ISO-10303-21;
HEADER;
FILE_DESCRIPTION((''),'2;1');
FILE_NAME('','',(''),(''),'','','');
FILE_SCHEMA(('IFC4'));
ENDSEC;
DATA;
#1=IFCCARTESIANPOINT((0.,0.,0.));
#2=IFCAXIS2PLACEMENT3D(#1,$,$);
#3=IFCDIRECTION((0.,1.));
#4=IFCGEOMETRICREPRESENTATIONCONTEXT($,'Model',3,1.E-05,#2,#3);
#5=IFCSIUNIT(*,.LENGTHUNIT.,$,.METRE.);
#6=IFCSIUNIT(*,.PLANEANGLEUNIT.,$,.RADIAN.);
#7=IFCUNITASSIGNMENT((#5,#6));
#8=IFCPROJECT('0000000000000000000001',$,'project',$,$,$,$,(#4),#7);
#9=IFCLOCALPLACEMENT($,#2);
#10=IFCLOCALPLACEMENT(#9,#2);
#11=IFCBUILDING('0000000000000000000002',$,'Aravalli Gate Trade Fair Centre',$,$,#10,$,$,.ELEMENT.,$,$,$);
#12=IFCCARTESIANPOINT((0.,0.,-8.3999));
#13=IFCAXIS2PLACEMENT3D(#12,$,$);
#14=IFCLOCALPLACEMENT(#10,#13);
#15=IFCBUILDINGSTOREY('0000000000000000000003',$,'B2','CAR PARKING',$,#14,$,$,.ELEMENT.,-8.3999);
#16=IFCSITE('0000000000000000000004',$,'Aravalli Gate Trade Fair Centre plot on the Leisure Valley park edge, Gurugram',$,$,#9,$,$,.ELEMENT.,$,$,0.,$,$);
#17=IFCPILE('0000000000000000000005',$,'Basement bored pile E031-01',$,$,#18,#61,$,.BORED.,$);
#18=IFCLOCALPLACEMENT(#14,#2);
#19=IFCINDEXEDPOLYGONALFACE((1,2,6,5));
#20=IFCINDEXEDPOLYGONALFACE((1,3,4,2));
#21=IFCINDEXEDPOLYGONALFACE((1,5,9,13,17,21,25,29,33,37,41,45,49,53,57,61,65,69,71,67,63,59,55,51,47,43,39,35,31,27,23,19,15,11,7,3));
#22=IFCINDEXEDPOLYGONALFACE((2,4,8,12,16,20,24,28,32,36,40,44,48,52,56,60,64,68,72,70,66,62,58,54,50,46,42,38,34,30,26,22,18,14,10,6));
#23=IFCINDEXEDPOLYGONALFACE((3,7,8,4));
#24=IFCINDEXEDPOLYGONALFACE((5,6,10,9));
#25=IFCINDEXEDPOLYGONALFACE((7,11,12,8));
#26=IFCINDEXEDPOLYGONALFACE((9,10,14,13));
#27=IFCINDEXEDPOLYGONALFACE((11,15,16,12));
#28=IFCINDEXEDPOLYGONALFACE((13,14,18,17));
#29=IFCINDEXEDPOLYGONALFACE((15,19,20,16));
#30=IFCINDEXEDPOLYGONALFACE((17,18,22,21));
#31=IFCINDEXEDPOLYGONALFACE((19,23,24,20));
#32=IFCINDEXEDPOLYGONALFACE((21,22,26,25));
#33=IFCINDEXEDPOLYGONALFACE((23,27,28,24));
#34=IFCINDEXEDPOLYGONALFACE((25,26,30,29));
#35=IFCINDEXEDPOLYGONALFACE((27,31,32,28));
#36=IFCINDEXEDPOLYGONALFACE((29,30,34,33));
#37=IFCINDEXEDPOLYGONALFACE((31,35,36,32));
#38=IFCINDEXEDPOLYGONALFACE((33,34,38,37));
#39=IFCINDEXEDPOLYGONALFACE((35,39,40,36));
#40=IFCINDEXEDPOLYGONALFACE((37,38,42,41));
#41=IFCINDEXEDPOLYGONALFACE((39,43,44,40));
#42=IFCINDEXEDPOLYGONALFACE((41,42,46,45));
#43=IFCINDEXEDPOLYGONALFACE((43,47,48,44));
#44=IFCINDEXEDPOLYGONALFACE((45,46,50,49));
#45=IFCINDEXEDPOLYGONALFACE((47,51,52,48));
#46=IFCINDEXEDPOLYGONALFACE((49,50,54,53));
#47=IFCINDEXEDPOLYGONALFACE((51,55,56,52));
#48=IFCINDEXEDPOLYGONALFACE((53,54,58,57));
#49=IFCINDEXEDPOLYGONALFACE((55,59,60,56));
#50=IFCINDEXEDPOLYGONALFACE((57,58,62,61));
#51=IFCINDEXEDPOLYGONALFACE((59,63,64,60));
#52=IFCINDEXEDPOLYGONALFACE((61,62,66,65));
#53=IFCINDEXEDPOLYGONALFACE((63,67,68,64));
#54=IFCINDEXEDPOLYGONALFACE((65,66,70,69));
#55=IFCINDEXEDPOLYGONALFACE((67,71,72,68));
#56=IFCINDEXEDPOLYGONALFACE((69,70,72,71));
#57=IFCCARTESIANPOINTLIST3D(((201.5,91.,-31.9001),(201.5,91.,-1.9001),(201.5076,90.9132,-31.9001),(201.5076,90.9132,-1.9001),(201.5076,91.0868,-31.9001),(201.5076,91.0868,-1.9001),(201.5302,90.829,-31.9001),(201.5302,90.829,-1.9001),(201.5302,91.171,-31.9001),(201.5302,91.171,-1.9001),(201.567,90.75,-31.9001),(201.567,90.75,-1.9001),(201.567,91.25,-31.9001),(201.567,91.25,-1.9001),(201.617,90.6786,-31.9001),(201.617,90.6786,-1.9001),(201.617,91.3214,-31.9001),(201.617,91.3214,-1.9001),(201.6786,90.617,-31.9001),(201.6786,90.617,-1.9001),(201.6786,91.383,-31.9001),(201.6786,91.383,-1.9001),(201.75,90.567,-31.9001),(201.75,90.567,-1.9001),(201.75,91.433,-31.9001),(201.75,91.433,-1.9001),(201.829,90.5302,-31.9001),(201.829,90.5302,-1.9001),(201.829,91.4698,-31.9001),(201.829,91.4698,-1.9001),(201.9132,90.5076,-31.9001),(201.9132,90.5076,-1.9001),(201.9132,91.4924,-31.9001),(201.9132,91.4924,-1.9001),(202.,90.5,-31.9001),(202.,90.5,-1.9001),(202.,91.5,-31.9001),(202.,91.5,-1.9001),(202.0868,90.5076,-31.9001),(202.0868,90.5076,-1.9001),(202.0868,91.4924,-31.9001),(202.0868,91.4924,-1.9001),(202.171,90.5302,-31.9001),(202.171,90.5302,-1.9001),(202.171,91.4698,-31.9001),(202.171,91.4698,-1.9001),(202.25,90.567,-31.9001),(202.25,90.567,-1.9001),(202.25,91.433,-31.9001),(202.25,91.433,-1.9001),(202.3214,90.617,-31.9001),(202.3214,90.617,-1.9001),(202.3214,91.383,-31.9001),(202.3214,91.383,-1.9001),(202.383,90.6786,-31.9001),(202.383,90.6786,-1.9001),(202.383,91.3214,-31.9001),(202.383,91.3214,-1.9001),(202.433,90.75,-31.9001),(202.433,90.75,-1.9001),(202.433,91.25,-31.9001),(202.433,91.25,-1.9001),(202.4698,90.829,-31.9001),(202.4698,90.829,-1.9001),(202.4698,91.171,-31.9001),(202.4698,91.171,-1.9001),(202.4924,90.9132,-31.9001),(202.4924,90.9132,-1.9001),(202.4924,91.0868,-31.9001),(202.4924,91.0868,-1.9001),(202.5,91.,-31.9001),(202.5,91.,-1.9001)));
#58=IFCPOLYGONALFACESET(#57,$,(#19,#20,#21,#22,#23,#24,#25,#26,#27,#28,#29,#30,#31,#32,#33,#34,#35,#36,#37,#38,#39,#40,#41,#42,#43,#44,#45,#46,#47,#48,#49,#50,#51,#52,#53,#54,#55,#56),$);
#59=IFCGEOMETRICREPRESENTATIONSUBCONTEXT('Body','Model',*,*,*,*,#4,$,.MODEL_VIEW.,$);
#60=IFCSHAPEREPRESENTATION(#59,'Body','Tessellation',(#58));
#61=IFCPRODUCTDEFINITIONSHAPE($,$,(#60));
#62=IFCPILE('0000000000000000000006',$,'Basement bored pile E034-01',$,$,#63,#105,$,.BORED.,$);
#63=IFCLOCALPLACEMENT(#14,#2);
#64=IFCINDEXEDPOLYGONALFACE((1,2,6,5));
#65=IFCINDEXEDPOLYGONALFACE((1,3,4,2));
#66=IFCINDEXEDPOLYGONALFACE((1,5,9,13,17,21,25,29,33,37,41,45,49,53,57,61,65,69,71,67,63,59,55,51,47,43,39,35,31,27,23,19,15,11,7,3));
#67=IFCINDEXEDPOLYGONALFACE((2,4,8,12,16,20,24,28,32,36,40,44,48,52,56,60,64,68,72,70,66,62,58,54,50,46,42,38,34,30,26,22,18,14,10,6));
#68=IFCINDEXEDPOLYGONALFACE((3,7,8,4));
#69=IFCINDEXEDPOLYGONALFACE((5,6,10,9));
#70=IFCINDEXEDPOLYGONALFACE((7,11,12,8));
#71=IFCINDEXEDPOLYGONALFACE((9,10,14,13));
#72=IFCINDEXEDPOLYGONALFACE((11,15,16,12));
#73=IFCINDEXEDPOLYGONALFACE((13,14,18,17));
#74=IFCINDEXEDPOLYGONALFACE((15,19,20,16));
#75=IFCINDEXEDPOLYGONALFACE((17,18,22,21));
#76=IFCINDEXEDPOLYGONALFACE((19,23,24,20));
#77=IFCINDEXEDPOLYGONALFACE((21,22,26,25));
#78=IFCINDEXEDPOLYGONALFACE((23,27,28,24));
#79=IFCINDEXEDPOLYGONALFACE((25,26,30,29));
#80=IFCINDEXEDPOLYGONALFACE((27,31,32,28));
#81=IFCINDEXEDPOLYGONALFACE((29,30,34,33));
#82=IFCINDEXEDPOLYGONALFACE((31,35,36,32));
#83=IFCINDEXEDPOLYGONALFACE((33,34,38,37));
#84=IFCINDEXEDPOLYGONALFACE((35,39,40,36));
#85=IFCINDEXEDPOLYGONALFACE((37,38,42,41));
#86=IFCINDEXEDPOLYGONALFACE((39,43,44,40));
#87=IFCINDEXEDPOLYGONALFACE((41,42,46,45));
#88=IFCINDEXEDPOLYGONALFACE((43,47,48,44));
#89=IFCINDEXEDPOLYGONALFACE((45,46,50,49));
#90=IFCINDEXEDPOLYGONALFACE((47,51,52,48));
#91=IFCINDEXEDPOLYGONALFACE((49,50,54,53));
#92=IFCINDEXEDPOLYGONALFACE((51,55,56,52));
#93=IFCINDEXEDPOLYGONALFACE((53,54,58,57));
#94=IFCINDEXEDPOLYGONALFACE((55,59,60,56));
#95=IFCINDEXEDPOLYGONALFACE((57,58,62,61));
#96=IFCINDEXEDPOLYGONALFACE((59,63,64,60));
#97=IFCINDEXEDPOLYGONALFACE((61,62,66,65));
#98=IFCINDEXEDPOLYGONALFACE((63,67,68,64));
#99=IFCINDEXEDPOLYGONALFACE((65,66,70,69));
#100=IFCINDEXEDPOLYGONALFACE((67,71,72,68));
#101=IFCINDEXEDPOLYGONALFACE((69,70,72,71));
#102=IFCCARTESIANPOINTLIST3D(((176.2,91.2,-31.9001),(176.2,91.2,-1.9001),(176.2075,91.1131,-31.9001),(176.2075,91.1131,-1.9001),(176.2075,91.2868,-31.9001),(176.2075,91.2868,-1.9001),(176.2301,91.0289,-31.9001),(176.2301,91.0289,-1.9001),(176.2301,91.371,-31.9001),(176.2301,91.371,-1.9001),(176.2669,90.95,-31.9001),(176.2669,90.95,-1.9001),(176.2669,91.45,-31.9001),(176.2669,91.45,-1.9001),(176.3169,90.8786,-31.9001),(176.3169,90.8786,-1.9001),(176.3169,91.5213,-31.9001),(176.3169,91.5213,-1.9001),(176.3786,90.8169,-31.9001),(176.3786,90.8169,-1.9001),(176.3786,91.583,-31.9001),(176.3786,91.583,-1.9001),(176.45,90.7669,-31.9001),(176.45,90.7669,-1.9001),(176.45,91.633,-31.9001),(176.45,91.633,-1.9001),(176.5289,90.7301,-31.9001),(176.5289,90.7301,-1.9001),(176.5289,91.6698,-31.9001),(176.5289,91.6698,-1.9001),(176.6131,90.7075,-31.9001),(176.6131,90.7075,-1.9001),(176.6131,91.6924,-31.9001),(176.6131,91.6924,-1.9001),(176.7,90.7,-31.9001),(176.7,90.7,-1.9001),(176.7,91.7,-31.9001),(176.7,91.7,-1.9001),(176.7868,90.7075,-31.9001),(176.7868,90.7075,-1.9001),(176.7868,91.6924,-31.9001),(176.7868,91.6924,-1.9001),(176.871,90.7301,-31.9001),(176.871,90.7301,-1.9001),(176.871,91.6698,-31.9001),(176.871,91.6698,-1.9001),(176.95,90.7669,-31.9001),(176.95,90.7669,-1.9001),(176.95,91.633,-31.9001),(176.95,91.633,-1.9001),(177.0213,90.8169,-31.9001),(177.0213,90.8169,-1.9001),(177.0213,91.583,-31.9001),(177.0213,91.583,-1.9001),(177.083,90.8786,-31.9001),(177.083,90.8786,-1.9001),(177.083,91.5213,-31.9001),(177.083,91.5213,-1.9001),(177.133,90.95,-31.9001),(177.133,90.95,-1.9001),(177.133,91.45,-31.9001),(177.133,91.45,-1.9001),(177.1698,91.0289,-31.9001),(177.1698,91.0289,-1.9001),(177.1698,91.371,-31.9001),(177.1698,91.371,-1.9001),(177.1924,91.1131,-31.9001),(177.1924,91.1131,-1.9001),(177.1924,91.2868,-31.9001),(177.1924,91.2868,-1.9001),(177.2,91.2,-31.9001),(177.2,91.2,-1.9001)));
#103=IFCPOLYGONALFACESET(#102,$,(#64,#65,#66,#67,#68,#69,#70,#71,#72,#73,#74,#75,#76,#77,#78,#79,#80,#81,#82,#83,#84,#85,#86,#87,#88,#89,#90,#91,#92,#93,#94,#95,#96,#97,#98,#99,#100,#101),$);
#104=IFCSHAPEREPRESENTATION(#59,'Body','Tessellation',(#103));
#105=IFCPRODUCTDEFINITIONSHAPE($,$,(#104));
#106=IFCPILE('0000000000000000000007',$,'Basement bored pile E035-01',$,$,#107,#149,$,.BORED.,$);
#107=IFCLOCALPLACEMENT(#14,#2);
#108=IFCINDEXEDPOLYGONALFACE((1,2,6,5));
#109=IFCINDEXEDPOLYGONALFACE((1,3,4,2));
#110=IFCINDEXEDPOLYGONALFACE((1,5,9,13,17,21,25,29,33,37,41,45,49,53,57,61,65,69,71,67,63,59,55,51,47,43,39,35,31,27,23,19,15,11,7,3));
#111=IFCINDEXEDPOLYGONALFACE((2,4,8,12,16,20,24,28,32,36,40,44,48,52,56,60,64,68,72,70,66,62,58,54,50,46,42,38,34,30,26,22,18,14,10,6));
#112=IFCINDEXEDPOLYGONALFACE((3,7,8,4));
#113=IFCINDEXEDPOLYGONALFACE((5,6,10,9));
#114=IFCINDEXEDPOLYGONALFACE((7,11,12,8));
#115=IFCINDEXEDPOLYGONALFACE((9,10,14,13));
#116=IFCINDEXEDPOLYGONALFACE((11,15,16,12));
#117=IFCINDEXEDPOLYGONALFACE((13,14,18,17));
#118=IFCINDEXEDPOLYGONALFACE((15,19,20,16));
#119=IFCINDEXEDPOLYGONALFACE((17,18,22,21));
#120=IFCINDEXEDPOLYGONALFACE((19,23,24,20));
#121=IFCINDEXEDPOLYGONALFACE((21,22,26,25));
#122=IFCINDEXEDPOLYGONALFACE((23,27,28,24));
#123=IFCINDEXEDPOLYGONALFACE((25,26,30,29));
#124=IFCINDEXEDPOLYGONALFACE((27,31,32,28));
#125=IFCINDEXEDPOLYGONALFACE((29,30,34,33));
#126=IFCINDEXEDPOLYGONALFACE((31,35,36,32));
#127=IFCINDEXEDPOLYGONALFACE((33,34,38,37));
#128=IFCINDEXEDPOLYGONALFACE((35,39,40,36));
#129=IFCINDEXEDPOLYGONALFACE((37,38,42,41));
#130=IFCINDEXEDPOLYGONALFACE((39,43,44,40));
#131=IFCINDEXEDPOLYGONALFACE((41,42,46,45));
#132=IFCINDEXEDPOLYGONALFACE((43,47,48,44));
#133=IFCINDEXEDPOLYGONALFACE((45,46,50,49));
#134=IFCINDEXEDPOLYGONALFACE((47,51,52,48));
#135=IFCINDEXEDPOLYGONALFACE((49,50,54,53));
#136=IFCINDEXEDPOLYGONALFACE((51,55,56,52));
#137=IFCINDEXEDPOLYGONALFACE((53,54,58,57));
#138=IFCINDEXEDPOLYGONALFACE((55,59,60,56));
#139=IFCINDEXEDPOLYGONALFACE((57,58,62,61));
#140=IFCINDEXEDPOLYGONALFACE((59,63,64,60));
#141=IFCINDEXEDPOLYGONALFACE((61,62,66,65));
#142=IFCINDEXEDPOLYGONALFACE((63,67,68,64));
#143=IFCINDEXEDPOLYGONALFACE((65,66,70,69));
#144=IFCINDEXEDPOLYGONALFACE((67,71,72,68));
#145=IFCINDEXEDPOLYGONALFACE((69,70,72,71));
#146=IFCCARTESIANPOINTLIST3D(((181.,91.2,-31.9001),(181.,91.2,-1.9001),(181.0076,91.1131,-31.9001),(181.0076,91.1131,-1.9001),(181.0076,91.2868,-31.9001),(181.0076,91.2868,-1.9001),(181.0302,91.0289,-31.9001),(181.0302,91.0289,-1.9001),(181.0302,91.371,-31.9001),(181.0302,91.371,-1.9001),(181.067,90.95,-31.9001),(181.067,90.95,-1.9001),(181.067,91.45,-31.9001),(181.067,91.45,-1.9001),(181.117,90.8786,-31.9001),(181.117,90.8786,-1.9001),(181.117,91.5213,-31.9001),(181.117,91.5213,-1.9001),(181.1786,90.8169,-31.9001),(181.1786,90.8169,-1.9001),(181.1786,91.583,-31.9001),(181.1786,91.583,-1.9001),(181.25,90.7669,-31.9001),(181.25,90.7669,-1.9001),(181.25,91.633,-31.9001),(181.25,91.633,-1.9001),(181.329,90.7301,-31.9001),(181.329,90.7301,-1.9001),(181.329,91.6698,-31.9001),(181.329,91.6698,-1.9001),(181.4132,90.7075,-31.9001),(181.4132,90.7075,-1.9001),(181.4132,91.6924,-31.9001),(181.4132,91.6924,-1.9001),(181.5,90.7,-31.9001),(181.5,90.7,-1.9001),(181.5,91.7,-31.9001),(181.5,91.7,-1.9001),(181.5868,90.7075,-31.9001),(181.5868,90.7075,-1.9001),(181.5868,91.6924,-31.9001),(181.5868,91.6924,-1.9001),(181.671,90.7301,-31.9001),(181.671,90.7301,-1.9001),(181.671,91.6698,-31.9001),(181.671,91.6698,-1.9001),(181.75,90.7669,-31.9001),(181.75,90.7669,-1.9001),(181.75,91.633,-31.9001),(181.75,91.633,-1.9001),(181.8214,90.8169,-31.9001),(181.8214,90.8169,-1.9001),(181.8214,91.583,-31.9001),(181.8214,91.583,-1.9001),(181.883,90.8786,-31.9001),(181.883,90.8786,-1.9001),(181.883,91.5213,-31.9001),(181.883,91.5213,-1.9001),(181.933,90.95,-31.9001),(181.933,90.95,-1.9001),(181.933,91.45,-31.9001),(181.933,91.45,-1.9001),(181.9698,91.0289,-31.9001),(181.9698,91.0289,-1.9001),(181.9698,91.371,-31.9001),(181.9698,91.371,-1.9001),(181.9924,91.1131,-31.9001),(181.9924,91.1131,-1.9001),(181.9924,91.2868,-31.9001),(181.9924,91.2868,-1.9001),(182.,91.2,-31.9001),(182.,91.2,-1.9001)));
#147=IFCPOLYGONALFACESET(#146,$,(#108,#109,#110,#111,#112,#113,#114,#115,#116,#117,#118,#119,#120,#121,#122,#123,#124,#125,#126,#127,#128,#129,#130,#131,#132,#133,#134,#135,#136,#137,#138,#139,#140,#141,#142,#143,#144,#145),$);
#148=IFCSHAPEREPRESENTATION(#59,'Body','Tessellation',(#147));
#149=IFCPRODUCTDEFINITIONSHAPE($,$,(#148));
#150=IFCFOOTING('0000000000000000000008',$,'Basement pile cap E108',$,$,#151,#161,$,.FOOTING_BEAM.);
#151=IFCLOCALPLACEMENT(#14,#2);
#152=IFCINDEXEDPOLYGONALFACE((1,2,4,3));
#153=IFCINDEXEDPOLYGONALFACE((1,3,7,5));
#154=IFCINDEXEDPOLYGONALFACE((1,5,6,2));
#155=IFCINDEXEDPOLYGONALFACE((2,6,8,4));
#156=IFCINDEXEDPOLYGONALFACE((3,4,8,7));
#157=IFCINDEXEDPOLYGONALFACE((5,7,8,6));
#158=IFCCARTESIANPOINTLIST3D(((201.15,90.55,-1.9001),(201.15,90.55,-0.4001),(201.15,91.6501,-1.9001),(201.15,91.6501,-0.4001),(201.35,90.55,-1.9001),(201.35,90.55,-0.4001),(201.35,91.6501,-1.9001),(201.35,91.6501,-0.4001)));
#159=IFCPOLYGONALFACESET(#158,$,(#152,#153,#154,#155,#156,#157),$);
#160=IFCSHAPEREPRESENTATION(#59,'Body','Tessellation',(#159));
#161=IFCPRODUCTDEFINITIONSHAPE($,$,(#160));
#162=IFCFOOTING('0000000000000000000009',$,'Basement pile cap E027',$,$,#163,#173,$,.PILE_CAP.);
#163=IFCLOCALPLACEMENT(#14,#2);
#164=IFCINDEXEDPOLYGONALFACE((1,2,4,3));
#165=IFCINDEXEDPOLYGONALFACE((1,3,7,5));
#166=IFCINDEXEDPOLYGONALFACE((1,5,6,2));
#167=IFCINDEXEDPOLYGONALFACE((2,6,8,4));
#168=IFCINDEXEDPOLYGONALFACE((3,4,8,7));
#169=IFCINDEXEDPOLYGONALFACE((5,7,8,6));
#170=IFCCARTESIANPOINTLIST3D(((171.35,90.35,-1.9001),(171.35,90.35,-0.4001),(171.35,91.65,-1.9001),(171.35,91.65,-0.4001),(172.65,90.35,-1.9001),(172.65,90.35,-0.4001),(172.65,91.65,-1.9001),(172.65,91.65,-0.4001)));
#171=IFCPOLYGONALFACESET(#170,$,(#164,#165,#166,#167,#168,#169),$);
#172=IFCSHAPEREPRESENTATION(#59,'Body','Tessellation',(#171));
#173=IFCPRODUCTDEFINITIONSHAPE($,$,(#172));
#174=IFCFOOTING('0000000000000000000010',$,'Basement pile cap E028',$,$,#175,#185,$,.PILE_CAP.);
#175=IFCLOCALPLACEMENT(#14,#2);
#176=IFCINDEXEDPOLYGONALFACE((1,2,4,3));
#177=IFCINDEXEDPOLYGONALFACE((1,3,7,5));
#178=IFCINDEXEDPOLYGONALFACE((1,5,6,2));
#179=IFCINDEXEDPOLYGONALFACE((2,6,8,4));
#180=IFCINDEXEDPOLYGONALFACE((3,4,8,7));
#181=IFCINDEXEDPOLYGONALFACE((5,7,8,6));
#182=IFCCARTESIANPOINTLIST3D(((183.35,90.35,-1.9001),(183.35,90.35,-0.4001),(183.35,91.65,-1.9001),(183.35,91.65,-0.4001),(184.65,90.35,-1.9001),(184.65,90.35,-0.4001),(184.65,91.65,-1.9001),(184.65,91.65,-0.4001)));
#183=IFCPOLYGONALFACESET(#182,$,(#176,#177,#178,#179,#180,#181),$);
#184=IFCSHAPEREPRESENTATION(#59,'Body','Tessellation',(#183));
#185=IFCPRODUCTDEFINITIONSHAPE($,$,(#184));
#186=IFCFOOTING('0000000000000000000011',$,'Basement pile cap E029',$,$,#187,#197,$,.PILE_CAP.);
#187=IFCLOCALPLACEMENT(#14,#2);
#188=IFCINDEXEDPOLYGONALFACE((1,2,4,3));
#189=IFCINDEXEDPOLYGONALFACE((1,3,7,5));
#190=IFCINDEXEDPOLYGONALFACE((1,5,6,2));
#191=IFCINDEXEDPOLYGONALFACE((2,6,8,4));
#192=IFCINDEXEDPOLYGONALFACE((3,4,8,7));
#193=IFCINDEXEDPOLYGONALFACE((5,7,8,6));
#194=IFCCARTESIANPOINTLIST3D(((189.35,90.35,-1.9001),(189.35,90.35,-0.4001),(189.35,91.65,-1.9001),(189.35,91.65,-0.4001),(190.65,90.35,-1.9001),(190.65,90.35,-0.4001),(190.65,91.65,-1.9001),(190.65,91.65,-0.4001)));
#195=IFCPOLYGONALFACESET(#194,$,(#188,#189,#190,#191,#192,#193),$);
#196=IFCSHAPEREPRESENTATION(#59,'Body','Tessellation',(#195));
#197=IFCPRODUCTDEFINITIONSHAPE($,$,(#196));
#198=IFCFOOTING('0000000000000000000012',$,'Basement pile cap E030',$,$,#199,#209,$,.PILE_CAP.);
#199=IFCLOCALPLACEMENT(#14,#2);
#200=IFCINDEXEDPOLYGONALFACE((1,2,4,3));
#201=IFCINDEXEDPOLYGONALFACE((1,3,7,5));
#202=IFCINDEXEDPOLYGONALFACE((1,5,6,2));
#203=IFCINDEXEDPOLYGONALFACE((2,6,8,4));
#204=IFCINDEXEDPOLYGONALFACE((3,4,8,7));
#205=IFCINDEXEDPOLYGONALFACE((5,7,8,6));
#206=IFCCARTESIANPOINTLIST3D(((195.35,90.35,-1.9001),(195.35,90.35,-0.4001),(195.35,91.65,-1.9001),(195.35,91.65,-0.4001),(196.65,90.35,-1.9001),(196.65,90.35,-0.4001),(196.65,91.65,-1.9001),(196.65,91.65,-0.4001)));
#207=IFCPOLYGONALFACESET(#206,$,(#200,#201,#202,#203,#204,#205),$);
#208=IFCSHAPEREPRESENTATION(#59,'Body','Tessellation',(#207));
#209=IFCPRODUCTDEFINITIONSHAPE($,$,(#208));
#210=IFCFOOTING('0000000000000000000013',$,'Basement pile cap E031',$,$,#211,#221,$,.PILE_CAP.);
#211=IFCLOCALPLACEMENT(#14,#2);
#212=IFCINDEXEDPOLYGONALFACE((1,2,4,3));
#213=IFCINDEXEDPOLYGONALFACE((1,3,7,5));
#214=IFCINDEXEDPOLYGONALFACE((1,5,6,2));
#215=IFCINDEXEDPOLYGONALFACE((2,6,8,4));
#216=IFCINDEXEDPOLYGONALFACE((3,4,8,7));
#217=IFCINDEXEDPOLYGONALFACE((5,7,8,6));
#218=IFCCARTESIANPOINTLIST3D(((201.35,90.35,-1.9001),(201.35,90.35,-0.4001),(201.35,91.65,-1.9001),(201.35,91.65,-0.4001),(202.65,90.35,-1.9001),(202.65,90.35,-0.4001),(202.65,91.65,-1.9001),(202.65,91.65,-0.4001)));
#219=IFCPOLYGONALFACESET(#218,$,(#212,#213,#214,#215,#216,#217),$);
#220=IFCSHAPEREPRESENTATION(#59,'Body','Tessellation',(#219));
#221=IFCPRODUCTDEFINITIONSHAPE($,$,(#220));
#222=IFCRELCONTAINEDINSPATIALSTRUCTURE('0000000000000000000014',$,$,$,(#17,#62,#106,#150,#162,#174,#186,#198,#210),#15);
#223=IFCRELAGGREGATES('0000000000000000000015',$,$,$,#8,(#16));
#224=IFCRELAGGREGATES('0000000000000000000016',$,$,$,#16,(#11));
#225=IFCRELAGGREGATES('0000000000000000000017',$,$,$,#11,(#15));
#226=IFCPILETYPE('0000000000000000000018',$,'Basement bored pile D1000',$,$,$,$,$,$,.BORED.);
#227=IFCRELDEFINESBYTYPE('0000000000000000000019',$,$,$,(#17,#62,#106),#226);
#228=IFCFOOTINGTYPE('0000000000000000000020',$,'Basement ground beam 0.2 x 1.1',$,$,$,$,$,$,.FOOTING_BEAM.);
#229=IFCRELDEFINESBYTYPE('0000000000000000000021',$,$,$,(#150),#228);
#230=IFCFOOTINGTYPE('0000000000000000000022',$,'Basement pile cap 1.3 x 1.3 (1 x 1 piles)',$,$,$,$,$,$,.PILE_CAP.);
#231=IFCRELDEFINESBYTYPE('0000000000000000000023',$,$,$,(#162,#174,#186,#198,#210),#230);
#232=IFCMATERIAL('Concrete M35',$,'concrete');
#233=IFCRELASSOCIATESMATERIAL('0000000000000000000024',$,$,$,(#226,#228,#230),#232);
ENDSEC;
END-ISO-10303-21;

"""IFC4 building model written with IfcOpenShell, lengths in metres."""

from ifc_helpers import new_model, si_unit, direction, frame, origin, origin_2d, place, context, subcontext, project, spatial, rectangle, circle, extrude, material, material_profile, profile_set, type_object, element, save


model = new_model("IFC4")

# Units and contexts
model_context = context("Model", 3, precision=1e-05, world=origin(), true_north=direction((0.0, 1.0)))
body_context = subcontext(model_context, "Body", "Model", "MODEL_VIEW")
ifc_project = project(units=[si_unit("LENGTHUNIT", "METRE"), si_unit("PLANEANGLEUNIT", "RADIAN")], contexts=[model_context])

# Site, building, storey
site_placement = place(None, origin())
site = spatial("IfcSite", under=ifc_project, at=site_placement, Name="Aravalli Gate Trade Fair Centre plot on the Leisure Valley park edge, Gurugram", CompositionType="ELEMENT", RefElevation=0.0)
building_placement = place(site_placement, origin())
building = spatial("IfcBuilding", under=site, at=building_placement, Name="Aravalli Gate Trade Fair Centre", CompositionType="ELEMENT")
storey_placement = place(building_placement, frame((0.0, 0.0, -8.3999)))
storey = spatial("IfcBuildingStorey", under=building, at=storey_placement, Name="B2", Description="CAR PARKING", CompositionType="ELEMENT", Elevation=-8.3999)

# Piles
ifc_material_1 = material(Name="Concrete M35", Category="concrete")
ifc_material_profile_1 = material_profile(ifc_material_1, circle(Radius=0.5, at=origin_2d()), Name="D1000")
ifc_profile_set_1 = profile_set([ifc_material_profile_1], Name="Concrete M35")
pile_type = type_object("IfcPileType", Name="Basement bored pile D1000", PredefinedType="BORED", material=ifc_profile_set_1)
for number, where, z_axis, x_axis, name in (
    (1, (202.0, 91.0, -1.9001), (0.0, 0.0, -1.0), (1.0, 0.0, 0.0), "Basement bored pile E031-01"),
    (2, (176.7, 91.2, -1.9001), (0.0, 0.0, -1.0), (1.0, 0.0, 0.0), "Basement bored pile E034-01"),
    (3, (181.5, 91.2, -1.9001), (0.0, 0.0, -1.0), (1.0, 0.0, 0.0), "Basement bored pile E035-01"),
):
    element("IfcPile", number, at=place(storey_placement, frame(where, z_axis=z_axis, x_axis=x_axis)), inside=storey, type_object=pile_type, Name=name, PredefinedType="BORED", context=body_context, shape_type="SweptSolid", body=[
        extrude(circle(Radius=0.5, at=origin_2d()), origin(), (0.0, 0.0, 1.0), 30.0),
    ])

# Footings
footing_type_1 = type_object("IfcFootingType", Name="Basement ground beam 0.2 x 1.1", PredefinedType="FOOTING_BEAM", material=ifc_material_1)
footing_placement = place(storey_placement, frame((201.25, 91.1001, -1.9001), z_axis=(0.0, 0.0, 1.0), x_axis=(1.0, 0.0, 0.0)))
element("IfcFooting", 4, at=footing_placement, inside=storey, type_object=footing_type_1, Name="Basement pile cap E108", PredefinedType="FOOTING_BEAM", context=body_context, shape_type="SweptSolid", body=[
    extrude(rectangle(XDim=0.2, YDim=1.1001, at=origin_2d()), origin(), (0.0, 0.0, 1.0), 1.5),
])
footing_type_2 = type_object("IfcFootingType", Name="Basement pile cap 1.3 x 1.3 (1 x 1 piles)", PredefinedType="PILE_CAP", material=ifc_material_1)
for number, where, z_axis, x_axis, name in (
    (5, (172.0, 91.0, -1.9001), (0.0, 0.0, 1.0), (1.0, 0.0, 0.0), "Basement pile cap E027"),
    (6, (184.0, 91.0, -1.9001), (0.0, 0.0, 1.0), (1.0, 0.0, 0.0), "Basement pile cap E028"),
    (7, (190.0, 91.0, -1.9001), (0.0, 0.0, 1.0), (1.0, 0.0, 0.0), "Basement pile cap E029"),
    (8, (196.0, 91.0, -1.9001), (0.0, 0.0, 1.0), (1.0, 0.0, 0.0), "Basement pile cap E030"),
    (9, (202.0, 91.0, -1.9001), (0.0, 0.0, 1.0), (1.0, 0.0, 0.0), "Basement pile cap E031"),
):
    element("IfcFooting", number, at=place(storey_placement, frame(where, z_axis=z_axis, x_axis=x_axis)), inside=storey, type_object=footing_type_2, Name=name, PredefinedType="PILE_CAP", context=body_context, shape_type="SweptSolid", body=[
        extrude(rectangle(XDim=1.3, YDim=1.3, at=origin_2d()), origin(), (0.0, 0.0, 1.0), 1.5),
    ])

save(model, "model.ifc")
